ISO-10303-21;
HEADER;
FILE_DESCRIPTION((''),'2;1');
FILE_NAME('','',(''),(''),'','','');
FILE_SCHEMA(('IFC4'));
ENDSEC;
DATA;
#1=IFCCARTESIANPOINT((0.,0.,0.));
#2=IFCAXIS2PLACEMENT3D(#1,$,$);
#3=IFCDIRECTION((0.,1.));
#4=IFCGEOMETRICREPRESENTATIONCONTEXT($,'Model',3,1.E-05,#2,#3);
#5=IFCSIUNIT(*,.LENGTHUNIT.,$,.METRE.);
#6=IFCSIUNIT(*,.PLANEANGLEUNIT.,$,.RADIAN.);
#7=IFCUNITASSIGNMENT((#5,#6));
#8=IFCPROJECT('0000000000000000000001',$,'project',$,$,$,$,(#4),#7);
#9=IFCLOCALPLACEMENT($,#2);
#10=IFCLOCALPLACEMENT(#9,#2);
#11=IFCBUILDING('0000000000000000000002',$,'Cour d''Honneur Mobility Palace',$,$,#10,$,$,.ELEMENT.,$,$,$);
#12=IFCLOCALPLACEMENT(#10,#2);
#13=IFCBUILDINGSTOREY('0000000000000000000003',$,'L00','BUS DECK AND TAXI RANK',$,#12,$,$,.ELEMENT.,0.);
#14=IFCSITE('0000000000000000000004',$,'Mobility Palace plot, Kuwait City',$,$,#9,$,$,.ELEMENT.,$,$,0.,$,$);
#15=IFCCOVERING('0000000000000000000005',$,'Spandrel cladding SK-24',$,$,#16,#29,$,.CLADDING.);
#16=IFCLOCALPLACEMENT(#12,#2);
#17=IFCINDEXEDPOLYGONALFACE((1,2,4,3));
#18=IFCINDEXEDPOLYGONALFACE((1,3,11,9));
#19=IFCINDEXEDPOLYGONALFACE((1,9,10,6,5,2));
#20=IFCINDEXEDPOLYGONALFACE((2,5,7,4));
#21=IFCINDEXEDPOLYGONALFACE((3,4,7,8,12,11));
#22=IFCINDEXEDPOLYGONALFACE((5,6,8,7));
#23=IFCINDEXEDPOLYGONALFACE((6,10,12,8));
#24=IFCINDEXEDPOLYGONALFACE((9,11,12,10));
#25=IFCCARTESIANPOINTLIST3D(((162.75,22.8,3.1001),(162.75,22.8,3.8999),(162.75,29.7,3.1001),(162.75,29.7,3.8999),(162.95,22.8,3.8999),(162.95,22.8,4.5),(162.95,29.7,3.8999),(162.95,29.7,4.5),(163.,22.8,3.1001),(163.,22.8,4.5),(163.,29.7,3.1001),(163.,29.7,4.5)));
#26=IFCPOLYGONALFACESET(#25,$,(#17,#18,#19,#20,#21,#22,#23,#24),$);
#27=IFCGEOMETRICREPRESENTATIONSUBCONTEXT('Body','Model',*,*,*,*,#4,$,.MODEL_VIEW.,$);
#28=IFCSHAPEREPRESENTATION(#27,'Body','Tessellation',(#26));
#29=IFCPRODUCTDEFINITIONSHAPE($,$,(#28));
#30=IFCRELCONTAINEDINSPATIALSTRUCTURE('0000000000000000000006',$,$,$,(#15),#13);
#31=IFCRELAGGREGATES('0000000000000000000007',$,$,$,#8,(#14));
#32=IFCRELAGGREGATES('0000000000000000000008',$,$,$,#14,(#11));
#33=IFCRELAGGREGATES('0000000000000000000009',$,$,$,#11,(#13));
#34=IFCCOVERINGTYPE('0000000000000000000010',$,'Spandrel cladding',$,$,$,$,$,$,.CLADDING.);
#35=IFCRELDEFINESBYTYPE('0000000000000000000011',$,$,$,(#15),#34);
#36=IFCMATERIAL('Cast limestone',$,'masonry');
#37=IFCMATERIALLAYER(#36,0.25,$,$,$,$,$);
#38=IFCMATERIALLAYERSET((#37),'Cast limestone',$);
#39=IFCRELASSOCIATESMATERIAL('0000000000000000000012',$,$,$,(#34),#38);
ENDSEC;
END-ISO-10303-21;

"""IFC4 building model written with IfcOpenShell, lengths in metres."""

from ifc_helpers import new_model, si_unit, direction, frame, origin, place, context, subcontext, project, spatial, polyline, outline, extrude, material, layer, layer_set, type_object, element, save


model = new_model("IFC4")

# Units and contexts
model_context = context("Model", 3, precision=1e-05, world=origin(), true_north=direction((0.0, 1.0)))
body_context = subcontext(model_context, "Body", "Model", "MODEL_VIEW")
ifc_project = project(units=[si_unit("LENGTHUNIT", "METRE"), si_unit("PLANEANGLEUNIT", "RADIAN")], contexts=[model_context])

# Site, building, storey
site_placement = place(None, origin())
site = spatial("IfcSite", under=ifc_project, at=site_placement, Name="Mobility Palace plot, Kuwait City", CompositionType="ELEMENT", RefElevation=0.0)
building_placement = place(site_placement, origin())
building = spatial("IfcBuilding", under=site, at=building_placement, Name="Cour d'Honneur Mobility Palace", CompositionType="ELEMENT")
storey_placement = place(building_placement, origin())
storey = spatial("IfcBuildingStorey", under=building, at=storey_placement, Name="L00", Description="BUS DECK AND TAXI RANK", CompositionType="ELEMENT", Elevation=0.0)

# Covering
ifc_material_1 = material(Name="Cast limestone", Category="masonry")
ifc_layer_1 = layer(ifc_material_1, 0.25)
ifc_layer_set_1 = layer_set([ifc_layer_1], Name="Cast limestone")
covering_type_1 = type_object("IfcCoveringType", Name="Spandrel cladding", PredefinedType="CLADDING", material=ifc_layer_set_1)
covering_1_placement = place(storey_placement, frame((162.75, 22.8, 3.1001), z_axis=(0.0, -1.0, 0.0), x_axis=(1.0, 0.0, 0.0)))
element("IfcCovering", 1, at=covering_1_placement, inside=storey, type_object=covering_type_1, Name="Spandrel cladding SK-24", PredefinedType="CLADDING", context=body_context, shape_type="SweptSolid", body=[
    extrude(outline(polyline([(0.0, 0.0), (0.25, 0.0), (0.25, 1.3999), (0.2, 1.3999), (0.2, 0.7998), (0.0, 0.7998), (0.0, 0.0)])), origin(), (0.0, 0.0, -1.0), 6.8999),
])

save(model, "model.ifc")
